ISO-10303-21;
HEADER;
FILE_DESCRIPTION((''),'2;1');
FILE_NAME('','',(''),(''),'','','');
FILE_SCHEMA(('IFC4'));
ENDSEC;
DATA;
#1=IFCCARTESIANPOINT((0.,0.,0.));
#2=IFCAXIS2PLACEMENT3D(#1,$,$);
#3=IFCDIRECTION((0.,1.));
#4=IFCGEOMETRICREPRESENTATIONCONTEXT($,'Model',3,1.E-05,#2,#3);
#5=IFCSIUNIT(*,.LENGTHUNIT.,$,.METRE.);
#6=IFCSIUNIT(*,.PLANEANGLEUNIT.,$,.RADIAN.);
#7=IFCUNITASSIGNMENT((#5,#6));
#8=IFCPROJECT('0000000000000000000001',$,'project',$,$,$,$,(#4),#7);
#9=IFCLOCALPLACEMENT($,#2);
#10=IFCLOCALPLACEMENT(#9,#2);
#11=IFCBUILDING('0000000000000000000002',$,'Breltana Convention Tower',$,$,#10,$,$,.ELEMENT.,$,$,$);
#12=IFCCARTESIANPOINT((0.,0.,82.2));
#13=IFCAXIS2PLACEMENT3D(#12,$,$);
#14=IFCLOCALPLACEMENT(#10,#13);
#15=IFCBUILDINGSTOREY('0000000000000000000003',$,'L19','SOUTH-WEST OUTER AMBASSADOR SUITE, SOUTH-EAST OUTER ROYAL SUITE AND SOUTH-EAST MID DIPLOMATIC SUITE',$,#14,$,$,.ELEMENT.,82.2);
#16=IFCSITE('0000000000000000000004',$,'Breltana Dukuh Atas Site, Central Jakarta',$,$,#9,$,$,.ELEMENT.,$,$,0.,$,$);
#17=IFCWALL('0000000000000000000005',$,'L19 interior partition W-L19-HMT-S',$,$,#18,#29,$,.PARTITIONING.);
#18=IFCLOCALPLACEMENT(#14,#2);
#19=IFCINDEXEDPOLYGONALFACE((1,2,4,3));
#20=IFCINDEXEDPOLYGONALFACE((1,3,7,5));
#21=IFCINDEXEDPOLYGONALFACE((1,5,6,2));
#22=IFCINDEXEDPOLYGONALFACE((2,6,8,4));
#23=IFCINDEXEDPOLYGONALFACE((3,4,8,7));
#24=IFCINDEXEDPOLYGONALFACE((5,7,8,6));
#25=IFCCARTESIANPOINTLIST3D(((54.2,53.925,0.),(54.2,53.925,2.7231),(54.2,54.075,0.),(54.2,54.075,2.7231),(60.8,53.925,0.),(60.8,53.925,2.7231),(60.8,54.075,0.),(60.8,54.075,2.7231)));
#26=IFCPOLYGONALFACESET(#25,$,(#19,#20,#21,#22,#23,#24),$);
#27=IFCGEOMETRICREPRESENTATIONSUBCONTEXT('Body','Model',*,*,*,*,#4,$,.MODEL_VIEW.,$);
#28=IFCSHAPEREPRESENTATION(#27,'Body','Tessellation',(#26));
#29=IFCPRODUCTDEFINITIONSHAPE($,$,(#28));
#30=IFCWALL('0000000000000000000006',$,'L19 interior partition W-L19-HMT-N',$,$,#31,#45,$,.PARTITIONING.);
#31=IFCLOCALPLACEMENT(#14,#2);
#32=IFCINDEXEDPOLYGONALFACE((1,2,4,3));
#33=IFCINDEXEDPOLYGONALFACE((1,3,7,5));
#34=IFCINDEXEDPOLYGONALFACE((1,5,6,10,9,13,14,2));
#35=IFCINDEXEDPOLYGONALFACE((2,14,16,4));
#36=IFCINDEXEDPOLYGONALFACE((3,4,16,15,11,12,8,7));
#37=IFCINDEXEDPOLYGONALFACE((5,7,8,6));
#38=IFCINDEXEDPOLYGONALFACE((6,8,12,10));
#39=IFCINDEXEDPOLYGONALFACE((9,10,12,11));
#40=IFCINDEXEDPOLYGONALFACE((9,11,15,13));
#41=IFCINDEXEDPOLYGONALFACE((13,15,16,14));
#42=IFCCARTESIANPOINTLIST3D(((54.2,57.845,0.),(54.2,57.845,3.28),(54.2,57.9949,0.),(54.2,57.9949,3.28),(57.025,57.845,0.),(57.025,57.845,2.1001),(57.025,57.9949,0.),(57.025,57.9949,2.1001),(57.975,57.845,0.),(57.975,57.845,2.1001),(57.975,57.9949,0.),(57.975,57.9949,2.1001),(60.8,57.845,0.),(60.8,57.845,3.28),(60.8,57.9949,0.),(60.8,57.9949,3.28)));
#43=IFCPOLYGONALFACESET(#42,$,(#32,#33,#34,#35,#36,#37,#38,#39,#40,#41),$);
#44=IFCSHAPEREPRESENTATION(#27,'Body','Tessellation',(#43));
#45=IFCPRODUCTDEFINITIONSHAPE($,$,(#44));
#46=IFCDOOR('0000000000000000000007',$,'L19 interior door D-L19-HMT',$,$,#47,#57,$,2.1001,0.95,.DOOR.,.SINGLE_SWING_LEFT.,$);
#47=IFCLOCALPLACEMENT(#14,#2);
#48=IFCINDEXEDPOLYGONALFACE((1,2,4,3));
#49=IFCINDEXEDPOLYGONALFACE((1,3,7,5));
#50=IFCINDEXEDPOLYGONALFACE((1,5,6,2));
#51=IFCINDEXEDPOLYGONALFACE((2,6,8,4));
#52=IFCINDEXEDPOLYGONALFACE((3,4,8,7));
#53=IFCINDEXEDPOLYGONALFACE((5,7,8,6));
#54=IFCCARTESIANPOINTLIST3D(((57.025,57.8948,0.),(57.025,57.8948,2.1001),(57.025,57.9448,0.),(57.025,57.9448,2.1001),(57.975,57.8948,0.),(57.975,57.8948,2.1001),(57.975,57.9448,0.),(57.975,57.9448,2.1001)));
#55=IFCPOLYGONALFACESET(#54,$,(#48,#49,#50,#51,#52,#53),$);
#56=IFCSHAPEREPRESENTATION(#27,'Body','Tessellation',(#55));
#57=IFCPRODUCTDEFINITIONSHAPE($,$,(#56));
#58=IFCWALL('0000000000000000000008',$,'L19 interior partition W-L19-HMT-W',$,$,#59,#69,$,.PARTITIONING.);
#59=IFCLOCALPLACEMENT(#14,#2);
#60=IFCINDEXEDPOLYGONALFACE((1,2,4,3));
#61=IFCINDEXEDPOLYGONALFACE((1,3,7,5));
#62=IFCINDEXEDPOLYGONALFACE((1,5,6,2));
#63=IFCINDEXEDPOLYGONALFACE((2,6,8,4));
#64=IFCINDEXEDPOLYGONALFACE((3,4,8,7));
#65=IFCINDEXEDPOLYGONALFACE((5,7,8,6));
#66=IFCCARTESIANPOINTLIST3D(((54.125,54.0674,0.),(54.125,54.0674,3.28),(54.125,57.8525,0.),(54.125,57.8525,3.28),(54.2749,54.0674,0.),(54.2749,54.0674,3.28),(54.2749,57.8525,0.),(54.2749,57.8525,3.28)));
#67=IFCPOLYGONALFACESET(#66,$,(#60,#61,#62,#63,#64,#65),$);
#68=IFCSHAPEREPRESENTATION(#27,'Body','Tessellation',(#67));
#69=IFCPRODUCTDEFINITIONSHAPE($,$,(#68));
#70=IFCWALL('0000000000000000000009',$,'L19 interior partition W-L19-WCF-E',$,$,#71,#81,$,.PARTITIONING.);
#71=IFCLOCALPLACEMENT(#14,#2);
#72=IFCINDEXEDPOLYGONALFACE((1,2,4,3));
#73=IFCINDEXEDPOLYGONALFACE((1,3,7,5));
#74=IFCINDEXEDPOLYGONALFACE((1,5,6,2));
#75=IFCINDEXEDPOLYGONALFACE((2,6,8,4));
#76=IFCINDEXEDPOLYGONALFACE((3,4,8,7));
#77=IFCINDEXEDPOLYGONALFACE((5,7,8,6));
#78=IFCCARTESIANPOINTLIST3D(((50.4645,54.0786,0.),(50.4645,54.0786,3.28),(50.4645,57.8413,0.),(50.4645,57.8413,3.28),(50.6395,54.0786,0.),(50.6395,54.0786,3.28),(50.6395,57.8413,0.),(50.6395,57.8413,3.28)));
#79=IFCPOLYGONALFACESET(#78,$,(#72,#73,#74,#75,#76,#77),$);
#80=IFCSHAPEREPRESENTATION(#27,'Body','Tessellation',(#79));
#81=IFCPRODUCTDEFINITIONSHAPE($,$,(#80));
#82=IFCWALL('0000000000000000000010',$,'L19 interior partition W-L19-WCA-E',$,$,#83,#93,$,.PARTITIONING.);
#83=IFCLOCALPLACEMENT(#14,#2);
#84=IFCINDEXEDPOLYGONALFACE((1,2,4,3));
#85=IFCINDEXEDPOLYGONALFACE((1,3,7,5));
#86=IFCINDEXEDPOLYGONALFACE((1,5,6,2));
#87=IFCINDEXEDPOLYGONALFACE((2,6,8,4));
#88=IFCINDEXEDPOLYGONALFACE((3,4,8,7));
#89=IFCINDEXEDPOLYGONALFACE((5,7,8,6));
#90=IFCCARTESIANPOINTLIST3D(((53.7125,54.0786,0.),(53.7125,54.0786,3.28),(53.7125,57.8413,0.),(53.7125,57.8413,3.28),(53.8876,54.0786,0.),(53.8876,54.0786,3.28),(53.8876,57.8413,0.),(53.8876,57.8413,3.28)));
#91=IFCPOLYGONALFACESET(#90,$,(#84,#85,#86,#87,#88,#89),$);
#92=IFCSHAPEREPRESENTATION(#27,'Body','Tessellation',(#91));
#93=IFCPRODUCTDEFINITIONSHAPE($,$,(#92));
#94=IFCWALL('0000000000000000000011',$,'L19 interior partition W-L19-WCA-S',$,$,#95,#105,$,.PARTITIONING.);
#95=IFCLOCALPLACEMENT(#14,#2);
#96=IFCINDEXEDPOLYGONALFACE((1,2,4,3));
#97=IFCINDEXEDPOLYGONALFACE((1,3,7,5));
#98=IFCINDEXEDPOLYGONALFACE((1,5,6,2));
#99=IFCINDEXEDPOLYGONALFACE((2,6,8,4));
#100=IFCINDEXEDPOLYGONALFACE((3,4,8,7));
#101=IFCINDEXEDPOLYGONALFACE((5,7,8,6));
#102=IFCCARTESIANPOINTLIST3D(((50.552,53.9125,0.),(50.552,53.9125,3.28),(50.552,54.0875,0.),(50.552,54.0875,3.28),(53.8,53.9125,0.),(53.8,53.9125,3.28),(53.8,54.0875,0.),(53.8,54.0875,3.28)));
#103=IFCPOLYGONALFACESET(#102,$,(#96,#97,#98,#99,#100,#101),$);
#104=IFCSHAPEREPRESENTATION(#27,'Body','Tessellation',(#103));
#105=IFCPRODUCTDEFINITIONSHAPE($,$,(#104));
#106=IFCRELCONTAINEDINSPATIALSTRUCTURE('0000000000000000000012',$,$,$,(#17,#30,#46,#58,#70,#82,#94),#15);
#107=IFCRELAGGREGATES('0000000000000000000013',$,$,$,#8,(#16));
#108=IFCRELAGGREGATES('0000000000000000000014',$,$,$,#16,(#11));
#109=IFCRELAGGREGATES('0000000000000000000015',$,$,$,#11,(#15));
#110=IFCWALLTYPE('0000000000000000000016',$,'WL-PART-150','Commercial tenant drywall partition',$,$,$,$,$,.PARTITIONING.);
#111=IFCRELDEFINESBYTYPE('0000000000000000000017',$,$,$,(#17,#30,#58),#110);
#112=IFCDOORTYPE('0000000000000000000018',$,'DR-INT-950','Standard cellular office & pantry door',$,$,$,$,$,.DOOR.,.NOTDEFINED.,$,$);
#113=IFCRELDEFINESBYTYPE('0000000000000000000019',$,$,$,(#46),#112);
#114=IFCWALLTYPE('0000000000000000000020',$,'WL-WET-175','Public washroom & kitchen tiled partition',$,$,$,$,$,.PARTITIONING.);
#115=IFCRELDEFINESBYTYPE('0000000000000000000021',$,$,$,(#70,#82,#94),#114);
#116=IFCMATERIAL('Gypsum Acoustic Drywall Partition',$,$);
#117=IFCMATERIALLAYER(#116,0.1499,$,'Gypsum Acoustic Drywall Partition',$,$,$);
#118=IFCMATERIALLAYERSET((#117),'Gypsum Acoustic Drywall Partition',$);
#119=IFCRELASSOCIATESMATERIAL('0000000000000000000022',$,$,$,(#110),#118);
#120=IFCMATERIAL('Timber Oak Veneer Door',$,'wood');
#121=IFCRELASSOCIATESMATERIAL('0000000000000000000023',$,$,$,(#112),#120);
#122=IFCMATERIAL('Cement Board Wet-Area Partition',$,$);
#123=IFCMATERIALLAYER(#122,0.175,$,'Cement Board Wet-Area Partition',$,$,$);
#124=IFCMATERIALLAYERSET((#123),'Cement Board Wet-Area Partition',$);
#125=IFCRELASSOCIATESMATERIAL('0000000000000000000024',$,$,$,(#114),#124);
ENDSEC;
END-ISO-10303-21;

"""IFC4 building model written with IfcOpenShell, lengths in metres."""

from ifc_helpers import new_model, si_unit, direction, frame, frame_2d, origin, place, context, subcontext, project, spatial, rectangle, extrude, source, transform, mapped, material, layer, layer_set, type_object, type_shapes, element, fill, save


model = new_model("IFC4")

# Units and contexts
model_context = context("Model", 3, precision=1e-05, world=origin(), true_north=direction((0.0, 1.0)))
body_context = subcontext(model_context, "Body", "Model", "MODEL_VIEW")
ifc_project = project(units=[si_unit("LENGTHUNIT", "METRE"), si_unit("PLANEANGLEUNIT", "RADIAN")], contexts=[model_context])

# Site, building, storey
site_placement = place(None, origin())
site = spatial("IfcSite", under=ifc_project, at=site_placement, Name="Breltana Dukuh Atas Site, Central Jakarta", CompositionType="ELEMENT", RefElevation=0.0)
building_placement = place(site_placement, origin())
building = spatial("IfcBuilding", under=site, at=building_placement, Name="Breltana Convention Tower", CompositionType="ELEMENT")
storey_placement = place(building_placement, frame((0.0, 0.0, 82.2)))
storey = spatial("IfcBuildingStorey", under=building, at=storey_placement, Name="L19", Description="SOUTH-WEST OUTER AMBASSADOR SUITE, SOUTH-EAST OUTER ROYAL SUITE AND SOUTH-EAST MID DIPLOMATIC SUITE", CompositionType="ELEMENT", Elevation=82.2)

# Wall
ifc_material_1 = material(Name="Gypsum Acoustic Drywall Partition")
ifc_layer_1 = layer(ifc_material_1, 0.1499, Name="Gypsum Acoustic Drywall Partition")
ifc_layer_set_1 = layer_set([ifc_layer_1], Name="Gypsum Acoustic Drywall Partition")
wall_type_1 = type_object("IfcWallType", Name="WL-PART-150", Description="Commercial tenant drywall partition", PredefinedType="PARTITIONING", material=ifc_layer_set_1)
shared_shape_1 = source(origin(), body_context, "Body", "SweptSolid", [
    extrude(rectangle(XDim=6.6001, YDim=0.1499, at=frame_2d((3.3, 0.0))), origin(), (0.0, 0.0, 1.0), 2.7231),
])
wall_1_placement = place(storey_placement, frame((54.2, 54.0, 0.0), z_axis=(0.0, 0.0, 1.0), x_axis=(1.0, 0.0, 0.0)))
element("IfcWall", 1, at=wall_1_placement, inside=storey, type_object=wall_type_1, Name="L19 interior partition W-L19-HMT-S", PredefinedType="PARTITIONING", context=body_context, shape_type="MappedRepresentation", body=[
    mapped(shared_shape_1, transform((0.0, 0.0, 0.0), scale=1.0)),
])

# Wall, opening, door
shared_shape_2 = source(origin(), body_context, "Body", "SweptSolid", [
    extrude(rectangle(XDim=6.6001, YDim=0.1499, at=frame_2d((3.3, 0.0))), origin(), (0.0, 0.0, 1.0), 3.28),
])
wall_2_placement = place(storey_placement, frame((54.2, 57.9199, 0.0), z_axis=(0.0, 0.0, 1.0), x_axis=(1.0, 0.0, 0.0)))
wall_2 = element("IfcWall", 2, at=wall_2_placement, inside=storey, type_object=wall_type_1, Name="L19 interior partition W-L19-HMT-N", PredefinedType="PARTITIONING", context=body_context, shape_type="MappedRepresentation", body=[
    mapped(shared_shape_2, transform((0.0, 0.0, 0.0), scale=1.0)),
])
opening_1_placement = place(wall_2_placement, frame((2.825, 0.0, 0.0)))
opening_1 = element("IfcOpeningElement", 3, at=opening_1_placement, cuts=wall_2, PredefinedType="OPENING", context=body_context, shape_type="SweptSolid", body=[
    extrude(rectangle(XDim=0.95, YDim=2.1001, at=frame_2d((0.4751, 1.05))), frame((0.0, 0.085, 0.0), z_axis=(0.0, -1.0, 0.0), x_axis=(1.0, 0.0, 0.0)), (0.0, 0.0, 1.0), 0.1699),
])
ifc_material_2 = material(Name="Timber Oak Veneer Door", Category="wood")
door_type_1 = type_object("IfcDoorType", Name="DR-INT-950", Description="Standard cellular office & pantry door", OperationType="NOTDEFINED", PredefinedType="DOOR", material=ifc_material_2)
shared_shape_3 = source(origin(), body_context, "Body", "SweptSolid", [
    extrude(rectangle(XDim=0.95, YDim=2.1001, at=frame_2d((0.4751, 1.05))), frame((0.0, 0.0249, 0.0), z_axis=(0.0, -1.0, 0.0), x_axis=(1.0, 0.0, 0.0)), (0.0, 0.0, 1.0), 0.05),
])
type_shapes(door_type_1, [shared_shape_3])
door_1_placement = place(opening_1_placement, origin())
door_1 = element("IfcDoor", 4, at=door_1_placement, inside=storey, type_object=door_type_1, Name="L19 interior door D-L19-HMT", OperationType="SINGLE_SWING_LEFT", OverallHeight=2.1001, OverallWidth=0.95, PredefinedType="DOOR", context=body_context, shape_type="MappedRepresentation", body=[
    mapped(shared_shape_3, transform((0.0, 0.0, 0.0), scale=1.0)),
])
fill(opening_1, door_1)

# Walls
shared_shape_4 = source(origin(), body_context, "Body", "SweptSolid", [
    extrude(rectangle(XDim=3.7852, YDim=0.1499, at=frame_2d((1.8926, 0.0))), origin(), (0.0, 0.0, 1.0), 3.28),
])
wall_3_placement = place(storey_placement, frame((54.2, 54.0674, 0.0), z_axis=(0.0, 0.0, 1.0), x_axis=(0.0, 1.0, 0.0)))
element("IfcWall", 5, at=wall_3_placement, inside=storey, type_object=wall_type_1, Name="L19 interior partition W-L19-HMT-W", PredefinedType="PARTITIONING", context=body_context, shape_type="MappedRepresentation", body=[
    mapped(shared_shape_4, transform((0.0, 0.0, 0.0), scale=1.0)),
])
ifc_material_3 = material(Name="Cement Board Wet-Area Partition")
ifc_layer_2 = layer(ifc_material_3, 0.175, Name="Cement Board Wet-Area Partition")
ifc_layer_set_2 = layer_set([ifc_layer_2], Name="Cement Board Wet-Area Partition")
wall_type_2 = type_object("IfcWallType", Name="WL-WET-175", Description="Public washroom & kitchen tiled partition", PredefinedType="PARTITIONING", material=ifc_layer_set_2)
shared_shape_5 = source(origin(), body_context, "Body", "SweptSolid", [
    extrude(rectangle(XDim=3.7627, YDim=0.175, at=frame_2d((1.8813, 0.0))), origin(), (0.0, 0.0, 1.0), 3.28),
])
for number, where, z_axis, x_axis, name in (
    (6, (50.552, 54.0786, 0.0), (0.0, 0.0, 1.0), (0.0, 1.0, 0.0), "L19 interior partition W-L19-WCF-E"),
    (7, (53.8, 54.0786, 0.0), (0.0, 0.0, 1.0), (0.0, 1.0, 0.0), "L19 interior partition W-L19-WCA-E"),
):
    element("IfcWall", number, at=place(storey_placement, frame(where, z_axis=z_axis, x_axis=x_axis)), inside=storey, type_object=wall_type_2, Name=name, PredefinedType="PARTITIONING", context=body_context, shape_type="MappedRepresentation", body=[
        mapped(shared_shape_5, transform((0.0, 0.0, 0.0), scale=1.0)),
    ])
shared_shape_6 = source(origin(), body_context, "Body", "SweptSolid", [
    extrude(rectangle(XDim=3.248, YDim=0.175, at=frame_2d((1.624, 0.0))), origin(), (0.0, 0.0, 1.0), 3.28),
])
wall_4_placement = place(storey_placement, frame((50.552, 54.0, 0.0), z_axis=(0.0, 0.0, 1.0), x_axis=(1.0, 0.0, 0.0)))
element("IfcWall", 8, at=wall_4_placement, inside=storey, type_object=wall_type_2, Name="L19 interior partition W-L19-WCA-S", PredefinedType="PARTITIONING", context=body_context, shape_type="MappedRepresentation", body=[
    mapped(shared_shape_6, transform((0.0, 0.0, 0.0), scale=1.0)),
])

save(model, "model.ifc")
